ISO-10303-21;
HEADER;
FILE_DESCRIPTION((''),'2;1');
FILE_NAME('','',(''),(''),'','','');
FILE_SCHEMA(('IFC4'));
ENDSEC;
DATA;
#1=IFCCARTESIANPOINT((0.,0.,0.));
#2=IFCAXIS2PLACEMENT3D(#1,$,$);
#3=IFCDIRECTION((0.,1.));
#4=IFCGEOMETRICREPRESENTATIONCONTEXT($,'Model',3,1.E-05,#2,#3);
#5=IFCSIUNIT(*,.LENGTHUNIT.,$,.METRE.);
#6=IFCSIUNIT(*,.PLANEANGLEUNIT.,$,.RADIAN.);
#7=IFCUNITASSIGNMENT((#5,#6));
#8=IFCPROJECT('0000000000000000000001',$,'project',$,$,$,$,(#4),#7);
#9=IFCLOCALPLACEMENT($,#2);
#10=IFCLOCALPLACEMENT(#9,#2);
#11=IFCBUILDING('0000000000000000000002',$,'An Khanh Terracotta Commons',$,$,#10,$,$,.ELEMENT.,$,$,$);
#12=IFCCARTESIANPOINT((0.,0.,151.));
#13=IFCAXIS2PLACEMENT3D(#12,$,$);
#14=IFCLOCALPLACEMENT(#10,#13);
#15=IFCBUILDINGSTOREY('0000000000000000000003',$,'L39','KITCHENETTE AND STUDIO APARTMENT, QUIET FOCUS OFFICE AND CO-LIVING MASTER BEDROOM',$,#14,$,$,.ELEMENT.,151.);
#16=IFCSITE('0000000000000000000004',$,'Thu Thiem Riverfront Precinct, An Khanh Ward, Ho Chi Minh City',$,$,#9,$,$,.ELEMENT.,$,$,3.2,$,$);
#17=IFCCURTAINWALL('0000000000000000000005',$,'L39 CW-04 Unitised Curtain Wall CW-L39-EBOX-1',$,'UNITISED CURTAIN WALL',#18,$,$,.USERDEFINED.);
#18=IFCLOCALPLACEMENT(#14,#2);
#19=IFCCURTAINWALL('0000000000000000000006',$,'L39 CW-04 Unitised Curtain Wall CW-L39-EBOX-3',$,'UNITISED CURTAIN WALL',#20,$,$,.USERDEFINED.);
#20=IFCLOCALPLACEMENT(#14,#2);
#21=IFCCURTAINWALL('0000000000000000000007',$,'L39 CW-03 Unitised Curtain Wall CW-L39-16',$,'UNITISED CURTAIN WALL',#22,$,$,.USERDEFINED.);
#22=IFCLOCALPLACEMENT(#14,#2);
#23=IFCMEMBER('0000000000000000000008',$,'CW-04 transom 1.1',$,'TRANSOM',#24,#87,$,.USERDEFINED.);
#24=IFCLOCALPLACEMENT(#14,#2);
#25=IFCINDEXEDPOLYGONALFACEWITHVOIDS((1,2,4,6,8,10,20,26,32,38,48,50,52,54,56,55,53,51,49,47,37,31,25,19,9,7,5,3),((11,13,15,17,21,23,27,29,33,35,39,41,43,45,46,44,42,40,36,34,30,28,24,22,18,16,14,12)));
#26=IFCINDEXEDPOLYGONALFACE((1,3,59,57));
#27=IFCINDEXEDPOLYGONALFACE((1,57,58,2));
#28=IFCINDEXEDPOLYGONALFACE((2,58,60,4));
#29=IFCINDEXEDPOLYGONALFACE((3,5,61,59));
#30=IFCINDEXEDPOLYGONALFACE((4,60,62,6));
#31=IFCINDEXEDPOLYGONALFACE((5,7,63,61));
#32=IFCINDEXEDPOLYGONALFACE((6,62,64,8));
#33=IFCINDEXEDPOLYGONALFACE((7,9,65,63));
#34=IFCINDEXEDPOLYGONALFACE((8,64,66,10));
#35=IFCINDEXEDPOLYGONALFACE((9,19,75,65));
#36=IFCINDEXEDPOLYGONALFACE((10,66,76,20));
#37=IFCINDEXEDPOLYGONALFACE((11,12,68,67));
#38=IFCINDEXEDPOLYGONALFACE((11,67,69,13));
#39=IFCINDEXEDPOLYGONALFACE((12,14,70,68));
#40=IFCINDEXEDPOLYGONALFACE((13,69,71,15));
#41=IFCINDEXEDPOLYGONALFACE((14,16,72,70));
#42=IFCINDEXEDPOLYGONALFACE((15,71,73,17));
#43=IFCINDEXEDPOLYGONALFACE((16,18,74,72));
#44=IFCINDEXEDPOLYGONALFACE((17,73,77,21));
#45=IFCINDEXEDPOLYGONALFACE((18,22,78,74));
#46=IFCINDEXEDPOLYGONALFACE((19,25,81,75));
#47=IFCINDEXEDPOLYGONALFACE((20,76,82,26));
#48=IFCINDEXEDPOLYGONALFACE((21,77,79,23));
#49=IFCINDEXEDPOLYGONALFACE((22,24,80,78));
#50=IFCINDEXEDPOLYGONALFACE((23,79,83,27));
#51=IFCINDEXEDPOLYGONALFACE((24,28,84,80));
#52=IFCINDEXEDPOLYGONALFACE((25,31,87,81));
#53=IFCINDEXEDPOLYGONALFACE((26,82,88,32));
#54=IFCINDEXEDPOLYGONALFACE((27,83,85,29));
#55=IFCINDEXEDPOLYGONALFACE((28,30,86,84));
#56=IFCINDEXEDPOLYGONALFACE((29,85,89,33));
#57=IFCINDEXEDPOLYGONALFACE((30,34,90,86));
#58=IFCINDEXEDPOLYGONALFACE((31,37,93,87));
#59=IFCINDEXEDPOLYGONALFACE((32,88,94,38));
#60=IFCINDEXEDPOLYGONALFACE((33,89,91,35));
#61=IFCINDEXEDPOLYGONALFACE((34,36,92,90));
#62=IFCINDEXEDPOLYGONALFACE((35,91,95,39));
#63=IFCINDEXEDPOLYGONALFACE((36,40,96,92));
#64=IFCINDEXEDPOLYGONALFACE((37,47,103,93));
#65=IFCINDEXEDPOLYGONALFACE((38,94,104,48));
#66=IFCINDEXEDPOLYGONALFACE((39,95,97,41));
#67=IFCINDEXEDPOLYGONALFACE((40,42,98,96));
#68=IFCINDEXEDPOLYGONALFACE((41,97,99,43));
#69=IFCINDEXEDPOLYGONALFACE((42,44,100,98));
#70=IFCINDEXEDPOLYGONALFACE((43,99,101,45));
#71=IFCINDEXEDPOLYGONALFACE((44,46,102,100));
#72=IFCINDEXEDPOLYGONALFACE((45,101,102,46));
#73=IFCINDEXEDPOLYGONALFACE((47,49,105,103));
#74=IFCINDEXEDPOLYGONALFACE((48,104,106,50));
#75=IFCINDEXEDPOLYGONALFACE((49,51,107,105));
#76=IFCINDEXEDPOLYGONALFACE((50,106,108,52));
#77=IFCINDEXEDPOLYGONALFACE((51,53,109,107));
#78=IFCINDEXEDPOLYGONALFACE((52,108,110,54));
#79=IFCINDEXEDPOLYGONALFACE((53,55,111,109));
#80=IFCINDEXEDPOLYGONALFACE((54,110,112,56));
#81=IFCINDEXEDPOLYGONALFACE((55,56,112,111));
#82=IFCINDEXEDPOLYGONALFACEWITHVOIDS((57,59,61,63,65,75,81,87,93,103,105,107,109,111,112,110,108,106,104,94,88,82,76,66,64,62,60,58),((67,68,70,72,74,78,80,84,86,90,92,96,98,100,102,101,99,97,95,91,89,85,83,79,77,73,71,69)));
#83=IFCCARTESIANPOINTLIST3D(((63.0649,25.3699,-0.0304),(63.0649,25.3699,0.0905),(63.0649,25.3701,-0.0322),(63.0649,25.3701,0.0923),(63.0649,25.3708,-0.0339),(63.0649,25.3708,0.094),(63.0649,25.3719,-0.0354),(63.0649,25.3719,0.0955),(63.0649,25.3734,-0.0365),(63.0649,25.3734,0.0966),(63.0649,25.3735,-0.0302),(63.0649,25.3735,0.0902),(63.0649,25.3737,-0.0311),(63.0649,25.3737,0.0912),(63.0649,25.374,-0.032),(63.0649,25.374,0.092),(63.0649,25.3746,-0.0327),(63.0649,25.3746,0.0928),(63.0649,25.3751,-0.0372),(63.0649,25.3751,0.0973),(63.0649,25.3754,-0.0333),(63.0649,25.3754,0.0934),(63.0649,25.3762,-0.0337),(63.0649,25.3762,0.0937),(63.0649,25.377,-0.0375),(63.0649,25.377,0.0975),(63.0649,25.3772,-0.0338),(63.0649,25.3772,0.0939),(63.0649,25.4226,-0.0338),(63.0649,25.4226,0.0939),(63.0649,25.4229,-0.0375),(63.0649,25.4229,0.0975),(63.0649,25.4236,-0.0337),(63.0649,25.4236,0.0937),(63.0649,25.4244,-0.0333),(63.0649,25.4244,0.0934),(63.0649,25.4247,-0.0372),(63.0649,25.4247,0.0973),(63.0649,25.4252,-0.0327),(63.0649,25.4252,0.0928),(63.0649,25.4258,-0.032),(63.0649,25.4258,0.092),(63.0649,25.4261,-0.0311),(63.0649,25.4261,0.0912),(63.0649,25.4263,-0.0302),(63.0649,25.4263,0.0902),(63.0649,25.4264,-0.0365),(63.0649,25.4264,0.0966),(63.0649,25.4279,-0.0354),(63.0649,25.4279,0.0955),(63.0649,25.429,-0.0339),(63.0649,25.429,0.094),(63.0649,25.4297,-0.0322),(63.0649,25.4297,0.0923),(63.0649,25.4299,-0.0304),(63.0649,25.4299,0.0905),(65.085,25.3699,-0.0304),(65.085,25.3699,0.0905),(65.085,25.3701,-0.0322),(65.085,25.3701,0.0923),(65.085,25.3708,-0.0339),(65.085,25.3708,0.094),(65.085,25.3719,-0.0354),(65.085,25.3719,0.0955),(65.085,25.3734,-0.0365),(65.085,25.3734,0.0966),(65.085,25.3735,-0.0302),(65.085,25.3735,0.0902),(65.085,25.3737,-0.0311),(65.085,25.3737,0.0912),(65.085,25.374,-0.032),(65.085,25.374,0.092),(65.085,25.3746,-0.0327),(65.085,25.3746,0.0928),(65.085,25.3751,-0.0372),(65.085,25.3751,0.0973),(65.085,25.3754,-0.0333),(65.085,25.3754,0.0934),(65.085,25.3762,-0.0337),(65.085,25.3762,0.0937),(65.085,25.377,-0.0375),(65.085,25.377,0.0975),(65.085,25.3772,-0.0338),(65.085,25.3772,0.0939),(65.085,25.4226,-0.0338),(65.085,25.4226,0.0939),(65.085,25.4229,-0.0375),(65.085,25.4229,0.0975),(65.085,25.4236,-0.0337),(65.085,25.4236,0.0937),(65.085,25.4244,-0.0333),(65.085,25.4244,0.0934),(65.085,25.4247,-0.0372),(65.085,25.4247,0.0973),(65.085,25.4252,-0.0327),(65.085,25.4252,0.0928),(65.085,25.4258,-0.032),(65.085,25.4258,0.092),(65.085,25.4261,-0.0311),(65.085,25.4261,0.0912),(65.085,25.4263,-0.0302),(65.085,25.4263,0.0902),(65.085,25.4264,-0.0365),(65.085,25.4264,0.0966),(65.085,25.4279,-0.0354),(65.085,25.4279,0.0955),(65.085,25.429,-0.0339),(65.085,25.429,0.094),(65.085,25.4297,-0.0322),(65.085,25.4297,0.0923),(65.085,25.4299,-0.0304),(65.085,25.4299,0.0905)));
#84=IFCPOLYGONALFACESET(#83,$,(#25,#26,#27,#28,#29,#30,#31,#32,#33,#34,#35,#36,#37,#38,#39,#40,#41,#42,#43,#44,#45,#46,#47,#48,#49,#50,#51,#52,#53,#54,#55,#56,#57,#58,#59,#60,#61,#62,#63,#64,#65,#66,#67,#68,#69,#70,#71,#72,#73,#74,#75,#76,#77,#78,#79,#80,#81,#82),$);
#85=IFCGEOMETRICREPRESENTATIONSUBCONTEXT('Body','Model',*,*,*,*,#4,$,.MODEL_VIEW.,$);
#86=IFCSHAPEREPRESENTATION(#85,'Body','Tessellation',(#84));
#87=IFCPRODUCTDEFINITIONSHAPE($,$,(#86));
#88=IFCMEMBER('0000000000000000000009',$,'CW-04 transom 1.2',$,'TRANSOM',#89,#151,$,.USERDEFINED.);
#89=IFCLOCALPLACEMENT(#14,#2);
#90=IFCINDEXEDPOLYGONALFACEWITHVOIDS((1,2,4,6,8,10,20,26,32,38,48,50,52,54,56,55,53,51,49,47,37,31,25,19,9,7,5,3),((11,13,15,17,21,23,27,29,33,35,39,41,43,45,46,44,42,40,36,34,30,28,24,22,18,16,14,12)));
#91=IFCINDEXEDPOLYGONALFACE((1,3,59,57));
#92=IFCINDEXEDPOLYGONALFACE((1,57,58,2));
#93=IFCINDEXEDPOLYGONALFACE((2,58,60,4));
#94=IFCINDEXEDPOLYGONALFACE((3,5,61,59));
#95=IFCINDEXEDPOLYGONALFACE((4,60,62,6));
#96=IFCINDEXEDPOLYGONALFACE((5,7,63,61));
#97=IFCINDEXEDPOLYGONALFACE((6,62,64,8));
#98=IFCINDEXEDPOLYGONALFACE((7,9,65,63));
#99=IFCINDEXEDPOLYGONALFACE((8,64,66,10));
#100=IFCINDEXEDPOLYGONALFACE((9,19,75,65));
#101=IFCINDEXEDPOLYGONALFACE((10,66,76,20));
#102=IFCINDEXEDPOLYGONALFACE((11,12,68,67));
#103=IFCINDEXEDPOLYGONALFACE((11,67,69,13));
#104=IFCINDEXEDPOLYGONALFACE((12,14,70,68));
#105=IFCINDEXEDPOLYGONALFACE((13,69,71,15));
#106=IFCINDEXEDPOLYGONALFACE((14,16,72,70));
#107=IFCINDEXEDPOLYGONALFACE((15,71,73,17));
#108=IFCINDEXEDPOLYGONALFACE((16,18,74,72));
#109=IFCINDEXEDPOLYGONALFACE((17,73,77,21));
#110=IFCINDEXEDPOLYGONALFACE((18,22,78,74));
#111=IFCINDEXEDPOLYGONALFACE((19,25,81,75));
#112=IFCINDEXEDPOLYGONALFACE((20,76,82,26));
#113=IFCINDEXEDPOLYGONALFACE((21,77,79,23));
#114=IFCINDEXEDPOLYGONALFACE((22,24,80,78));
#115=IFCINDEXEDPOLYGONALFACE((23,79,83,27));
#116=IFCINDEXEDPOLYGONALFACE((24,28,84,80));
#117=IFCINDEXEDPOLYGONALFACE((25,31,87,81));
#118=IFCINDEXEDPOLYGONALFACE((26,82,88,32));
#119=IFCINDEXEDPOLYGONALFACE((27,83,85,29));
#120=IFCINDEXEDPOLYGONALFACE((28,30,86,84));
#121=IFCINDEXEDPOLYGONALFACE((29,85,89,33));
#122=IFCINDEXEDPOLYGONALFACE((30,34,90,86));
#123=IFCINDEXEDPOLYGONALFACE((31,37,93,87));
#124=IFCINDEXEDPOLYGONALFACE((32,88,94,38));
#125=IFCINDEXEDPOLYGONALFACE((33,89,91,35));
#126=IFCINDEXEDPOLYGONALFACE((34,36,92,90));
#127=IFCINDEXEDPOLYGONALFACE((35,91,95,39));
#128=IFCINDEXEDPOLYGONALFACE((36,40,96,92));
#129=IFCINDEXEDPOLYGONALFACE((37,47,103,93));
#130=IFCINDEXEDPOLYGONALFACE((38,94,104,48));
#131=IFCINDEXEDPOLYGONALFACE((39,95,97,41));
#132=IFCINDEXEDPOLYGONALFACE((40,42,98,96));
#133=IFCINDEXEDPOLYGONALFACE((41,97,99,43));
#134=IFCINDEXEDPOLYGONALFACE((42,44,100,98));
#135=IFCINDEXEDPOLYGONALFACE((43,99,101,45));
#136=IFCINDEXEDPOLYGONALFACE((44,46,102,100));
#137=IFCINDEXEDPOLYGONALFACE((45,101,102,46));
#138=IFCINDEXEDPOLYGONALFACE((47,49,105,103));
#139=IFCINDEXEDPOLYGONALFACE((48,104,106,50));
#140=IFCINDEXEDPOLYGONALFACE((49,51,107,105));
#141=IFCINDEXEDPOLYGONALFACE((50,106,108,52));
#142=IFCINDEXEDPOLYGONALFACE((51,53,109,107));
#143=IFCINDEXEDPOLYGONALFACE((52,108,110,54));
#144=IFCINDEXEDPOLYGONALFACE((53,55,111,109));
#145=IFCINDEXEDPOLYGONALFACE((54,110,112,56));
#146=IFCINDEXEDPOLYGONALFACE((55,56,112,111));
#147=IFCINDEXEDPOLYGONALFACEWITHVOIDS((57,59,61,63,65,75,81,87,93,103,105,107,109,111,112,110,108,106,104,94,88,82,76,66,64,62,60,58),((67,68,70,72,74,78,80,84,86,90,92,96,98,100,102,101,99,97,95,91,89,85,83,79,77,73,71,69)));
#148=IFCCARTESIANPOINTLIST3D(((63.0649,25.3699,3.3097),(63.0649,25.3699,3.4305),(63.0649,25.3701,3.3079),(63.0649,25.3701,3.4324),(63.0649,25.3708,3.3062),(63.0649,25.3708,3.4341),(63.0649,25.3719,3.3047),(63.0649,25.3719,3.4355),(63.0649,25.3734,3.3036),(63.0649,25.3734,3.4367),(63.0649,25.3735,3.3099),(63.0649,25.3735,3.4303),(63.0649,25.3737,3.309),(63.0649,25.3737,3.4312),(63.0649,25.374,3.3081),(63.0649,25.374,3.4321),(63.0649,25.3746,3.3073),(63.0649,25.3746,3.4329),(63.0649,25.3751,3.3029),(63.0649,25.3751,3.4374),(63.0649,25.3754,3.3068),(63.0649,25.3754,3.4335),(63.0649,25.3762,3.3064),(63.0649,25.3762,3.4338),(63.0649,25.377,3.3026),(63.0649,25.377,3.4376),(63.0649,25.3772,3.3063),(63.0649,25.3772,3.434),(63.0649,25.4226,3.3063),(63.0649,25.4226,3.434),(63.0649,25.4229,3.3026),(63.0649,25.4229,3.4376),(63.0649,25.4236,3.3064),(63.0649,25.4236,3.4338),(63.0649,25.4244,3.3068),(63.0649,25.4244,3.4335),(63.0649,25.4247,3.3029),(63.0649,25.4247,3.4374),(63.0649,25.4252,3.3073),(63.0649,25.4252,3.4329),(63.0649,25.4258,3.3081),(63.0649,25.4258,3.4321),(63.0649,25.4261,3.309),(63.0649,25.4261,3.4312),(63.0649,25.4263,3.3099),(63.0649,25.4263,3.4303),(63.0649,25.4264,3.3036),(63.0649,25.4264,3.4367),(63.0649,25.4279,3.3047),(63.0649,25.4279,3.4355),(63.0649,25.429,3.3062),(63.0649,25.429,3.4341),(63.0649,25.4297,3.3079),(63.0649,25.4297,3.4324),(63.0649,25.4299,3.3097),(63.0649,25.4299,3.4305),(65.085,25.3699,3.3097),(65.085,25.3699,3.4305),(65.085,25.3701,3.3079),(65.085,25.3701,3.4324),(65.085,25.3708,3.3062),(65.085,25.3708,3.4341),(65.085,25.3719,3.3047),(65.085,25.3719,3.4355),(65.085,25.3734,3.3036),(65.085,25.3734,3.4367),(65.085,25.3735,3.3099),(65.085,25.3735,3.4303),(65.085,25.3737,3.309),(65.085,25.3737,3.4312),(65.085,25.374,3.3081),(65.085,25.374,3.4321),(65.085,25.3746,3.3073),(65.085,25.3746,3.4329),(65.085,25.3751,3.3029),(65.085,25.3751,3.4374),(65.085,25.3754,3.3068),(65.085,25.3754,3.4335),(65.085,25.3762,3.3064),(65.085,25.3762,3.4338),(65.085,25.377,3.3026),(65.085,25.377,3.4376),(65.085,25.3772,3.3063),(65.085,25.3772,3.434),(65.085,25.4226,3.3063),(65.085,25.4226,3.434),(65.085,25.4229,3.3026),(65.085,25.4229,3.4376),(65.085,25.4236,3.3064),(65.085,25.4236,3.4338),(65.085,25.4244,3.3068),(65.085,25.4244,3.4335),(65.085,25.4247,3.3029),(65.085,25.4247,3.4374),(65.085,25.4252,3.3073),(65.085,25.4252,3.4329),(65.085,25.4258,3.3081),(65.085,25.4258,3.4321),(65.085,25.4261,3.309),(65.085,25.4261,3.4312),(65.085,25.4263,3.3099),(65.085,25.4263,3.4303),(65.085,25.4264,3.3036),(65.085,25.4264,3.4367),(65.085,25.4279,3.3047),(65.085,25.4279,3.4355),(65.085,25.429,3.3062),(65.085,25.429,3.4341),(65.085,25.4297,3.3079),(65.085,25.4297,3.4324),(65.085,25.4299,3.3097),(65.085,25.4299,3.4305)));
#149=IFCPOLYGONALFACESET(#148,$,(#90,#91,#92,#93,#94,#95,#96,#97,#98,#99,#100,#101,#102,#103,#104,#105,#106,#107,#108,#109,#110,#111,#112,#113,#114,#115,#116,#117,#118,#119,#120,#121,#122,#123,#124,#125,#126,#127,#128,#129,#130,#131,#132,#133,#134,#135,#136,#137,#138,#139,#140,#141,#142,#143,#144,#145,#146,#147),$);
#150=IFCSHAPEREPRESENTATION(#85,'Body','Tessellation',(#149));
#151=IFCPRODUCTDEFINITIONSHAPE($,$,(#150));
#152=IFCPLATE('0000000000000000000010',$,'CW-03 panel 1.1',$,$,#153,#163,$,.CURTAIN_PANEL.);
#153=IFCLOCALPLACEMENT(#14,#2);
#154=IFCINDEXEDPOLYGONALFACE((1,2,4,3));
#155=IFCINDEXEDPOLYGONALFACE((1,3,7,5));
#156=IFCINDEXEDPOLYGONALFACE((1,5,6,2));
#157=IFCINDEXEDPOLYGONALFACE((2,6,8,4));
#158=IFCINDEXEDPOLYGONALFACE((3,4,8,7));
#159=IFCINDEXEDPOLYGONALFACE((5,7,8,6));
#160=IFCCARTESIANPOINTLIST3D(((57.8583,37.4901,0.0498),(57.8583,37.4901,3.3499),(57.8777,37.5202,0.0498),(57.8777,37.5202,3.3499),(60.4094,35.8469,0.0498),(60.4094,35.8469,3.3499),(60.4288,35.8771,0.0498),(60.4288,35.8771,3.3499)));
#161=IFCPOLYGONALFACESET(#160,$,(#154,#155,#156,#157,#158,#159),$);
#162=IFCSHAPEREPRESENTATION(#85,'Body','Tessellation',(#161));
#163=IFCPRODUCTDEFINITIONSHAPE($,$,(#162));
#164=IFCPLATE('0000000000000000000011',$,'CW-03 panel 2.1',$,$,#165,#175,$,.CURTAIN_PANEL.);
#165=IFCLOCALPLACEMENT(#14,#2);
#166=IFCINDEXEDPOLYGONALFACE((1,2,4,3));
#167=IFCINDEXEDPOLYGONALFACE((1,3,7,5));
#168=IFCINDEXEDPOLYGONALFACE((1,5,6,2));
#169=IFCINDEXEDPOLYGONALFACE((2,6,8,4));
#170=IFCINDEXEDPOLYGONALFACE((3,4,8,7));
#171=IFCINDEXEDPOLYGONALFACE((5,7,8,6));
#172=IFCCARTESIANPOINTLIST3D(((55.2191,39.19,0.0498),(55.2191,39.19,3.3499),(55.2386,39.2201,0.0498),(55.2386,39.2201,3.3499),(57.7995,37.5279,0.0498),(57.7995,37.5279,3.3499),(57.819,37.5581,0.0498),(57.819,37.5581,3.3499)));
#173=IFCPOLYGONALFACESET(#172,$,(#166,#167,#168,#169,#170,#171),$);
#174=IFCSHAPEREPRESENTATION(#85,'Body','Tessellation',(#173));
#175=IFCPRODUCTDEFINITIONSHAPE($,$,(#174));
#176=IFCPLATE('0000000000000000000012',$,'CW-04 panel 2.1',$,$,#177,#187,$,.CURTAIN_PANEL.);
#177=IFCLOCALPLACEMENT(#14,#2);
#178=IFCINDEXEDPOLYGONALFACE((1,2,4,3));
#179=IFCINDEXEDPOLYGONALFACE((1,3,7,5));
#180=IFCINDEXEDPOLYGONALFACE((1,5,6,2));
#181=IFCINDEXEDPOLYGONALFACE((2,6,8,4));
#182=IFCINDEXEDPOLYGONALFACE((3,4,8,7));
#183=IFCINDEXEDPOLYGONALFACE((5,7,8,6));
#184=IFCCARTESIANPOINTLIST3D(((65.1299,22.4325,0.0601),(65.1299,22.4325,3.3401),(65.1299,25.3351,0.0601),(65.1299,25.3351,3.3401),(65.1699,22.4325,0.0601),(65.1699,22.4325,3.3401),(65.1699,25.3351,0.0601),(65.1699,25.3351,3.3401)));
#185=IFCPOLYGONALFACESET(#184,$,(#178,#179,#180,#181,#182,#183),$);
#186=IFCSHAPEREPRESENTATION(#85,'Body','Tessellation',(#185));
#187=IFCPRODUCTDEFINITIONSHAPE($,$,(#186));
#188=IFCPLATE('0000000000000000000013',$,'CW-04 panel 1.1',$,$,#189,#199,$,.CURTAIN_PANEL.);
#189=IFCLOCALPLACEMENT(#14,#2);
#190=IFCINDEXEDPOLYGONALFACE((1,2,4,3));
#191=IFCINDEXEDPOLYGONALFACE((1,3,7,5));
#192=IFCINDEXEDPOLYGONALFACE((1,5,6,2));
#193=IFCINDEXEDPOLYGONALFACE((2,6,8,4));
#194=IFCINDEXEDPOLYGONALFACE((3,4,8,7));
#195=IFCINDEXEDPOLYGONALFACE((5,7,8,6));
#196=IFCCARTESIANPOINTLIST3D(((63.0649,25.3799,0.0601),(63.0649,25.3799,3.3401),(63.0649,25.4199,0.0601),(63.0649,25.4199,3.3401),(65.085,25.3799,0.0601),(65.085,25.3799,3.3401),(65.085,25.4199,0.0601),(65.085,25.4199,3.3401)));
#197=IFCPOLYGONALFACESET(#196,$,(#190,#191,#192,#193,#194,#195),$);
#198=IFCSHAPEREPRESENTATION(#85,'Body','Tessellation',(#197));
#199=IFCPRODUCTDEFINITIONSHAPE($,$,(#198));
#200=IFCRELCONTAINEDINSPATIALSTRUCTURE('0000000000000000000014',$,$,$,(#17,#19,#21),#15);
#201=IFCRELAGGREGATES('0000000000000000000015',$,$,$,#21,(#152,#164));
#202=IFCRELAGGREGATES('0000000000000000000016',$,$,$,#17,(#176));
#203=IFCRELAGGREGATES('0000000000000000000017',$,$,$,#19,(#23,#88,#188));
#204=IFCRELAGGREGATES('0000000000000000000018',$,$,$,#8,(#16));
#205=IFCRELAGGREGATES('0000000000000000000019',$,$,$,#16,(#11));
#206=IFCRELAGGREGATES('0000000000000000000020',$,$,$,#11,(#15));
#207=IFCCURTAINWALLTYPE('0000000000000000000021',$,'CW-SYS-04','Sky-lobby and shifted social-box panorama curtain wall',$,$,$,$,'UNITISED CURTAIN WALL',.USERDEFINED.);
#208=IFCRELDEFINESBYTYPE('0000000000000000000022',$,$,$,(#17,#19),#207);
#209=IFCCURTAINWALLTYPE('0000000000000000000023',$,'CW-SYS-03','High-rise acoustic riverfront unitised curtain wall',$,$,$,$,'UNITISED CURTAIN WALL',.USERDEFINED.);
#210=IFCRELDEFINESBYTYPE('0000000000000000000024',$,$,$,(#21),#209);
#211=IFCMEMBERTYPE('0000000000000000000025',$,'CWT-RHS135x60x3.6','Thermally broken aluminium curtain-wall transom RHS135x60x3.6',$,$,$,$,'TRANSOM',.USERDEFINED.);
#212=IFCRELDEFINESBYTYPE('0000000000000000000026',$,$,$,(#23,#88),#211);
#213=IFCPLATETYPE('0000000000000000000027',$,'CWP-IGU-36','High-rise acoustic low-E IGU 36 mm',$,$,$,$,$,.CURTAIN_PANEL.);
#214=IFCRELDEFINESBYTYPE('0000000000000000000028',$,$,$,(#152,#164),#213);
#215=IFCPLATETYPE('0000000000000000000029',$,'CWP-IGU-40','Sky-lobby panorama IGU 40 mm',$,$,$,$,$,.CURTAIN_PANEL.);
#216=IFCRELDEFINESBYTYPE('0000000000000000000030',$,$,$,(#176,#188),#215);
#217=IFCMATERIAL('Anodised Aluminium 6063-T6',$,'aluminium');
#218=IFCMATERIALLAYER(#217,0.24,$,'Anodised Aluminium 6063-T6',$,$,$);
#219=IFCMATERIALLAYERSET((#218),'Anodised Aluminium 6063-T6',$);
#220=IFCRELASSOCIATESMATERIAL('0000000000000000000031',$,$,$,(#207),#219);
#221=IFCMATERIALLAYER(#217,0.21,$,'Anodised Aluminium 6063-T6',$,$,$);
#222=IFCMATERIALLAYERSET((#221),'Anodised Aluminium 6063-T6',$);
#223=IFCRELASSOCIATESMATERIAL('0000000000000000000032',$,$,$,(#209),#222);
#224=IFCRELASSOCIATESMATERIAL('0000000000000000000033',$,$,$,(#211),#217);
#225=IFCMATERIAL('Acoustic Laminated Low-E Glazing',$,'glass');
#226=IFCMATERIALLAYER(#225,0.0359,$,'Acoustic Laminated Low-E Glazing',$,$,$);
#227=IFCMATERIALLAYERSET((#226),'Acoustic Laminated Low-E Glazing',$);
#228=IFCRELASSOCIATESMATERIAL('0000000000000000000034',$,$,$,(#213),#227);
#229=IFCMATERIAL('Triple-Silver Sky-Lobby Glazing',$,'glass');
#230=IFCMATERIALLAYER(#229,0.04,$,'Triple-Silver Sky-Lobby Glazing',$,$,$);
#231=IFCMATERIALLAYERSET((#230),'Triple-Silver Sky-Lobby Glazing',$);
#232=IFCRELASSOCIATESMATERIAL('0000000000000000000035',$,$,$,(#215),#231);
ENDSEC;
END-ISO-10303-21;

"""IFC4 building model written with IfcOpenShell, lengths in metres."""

from ifc_helpers import new_model, si_unit, direction, frame, origin, origin_2d, place, context, subcontext, project, spatial, rectangle, hollow_rectangle, extrude, material, layer, layer_set, material_profile, profile_set, type_object, element, aggregate, save


model = new_model("IFC4")

# Units and contexts
model_context = context("Model", 3, precision=1e-05, world=origin(), true_north=direction((0.0, 1.0)))
body_context = subcontext(model_context, "Body", "Model", "MODEL_VIEW")
ifc_project = project(units=[si_unit("LENGTHUNIT", "METRE"), si_unit("PLANEANGLEUNIT", "RADIAN")], contexts=[model_context])

# Site, building, storey
site_placement = place(None, origin())
site = spatial("IfcSite", under=ifc_project, at=site_placement, Name="Thu Thiem Riverfront Precinct, An Khanh Ward, Ho Chi Minh City", CompositionType="ELEMENT", RefElevation=3.2)
building_placement = place(site_placement, origin())
building = spatial("IfcBuilding", under=site, at=building_placement, Name="An Khanh Terracotta Commons", CompositionType="ELEMENT")
storey_placement = place(building_placement, frame((0.0, 0.0, 151.0)))
storey = spatial("IfcBuildingStorey", under=building, at=storey_placement, Name="L39", Description="KITCHENETTE AND STUDIO APARTMENT, QUIET FOCUS OFFICE AND CO-LIVING MASTER BEDROOM", CompositionType="ELEMENT", Elevation=151.0)

# Curtain wall
ifc_material_1 = material(Name="Anodised Aluminium 6063-T6", Category="aluminium")
ifc_layer_1 = layer(ifc_material_1, 0.24, Name="Anodised Aluminium 6063-T6")
ifc_layer_set_1 = layer_set([ifc_layer_1], Name="Anodised Aluminium 6063-T6")
curtain_wall_type_1 = type_object("IfcCurtainWallType", Name="CW-SYS-04", Description="Sky-lobby and shifted social-box panorama curtain wall", ElementType="UNITISED CURTAIN WALL", PredefinedType="USERDEFINED", material=ifc_layer_set_1)
curtain_wall_1_placement = place(storey_placement, origin())
curtain_wall_1 = element("IfcCurtainWall", 1, at=curtain_wall_1_placement, inside=storey, type_object=curtain_wall_type_1, Name="L39 CW-04 Unitised Curtain Wall CW-L39-EBOX-1", ObjectType="UNITISED CURTAIN WALL", PredefinedType="USERDEFINED")

# Curtain walls
curtain_wall_2_placement = place(storey_placement, origin())
curtain_wall_2 = element("IfcCurtainWall", 2, at=curtain_wall_2_placement, inside=storey, type_object=curtain_wall_type_1, Name="L39 CW-04 Unitised Curtain Wall CW-L39-EBOX-3", ObjectType="UNITISED CURTAIN WALL", PredefinedType="USERDEFINED")
ifc_layer_2 = layer(ifc_material_1, 0.21, Name="Anodised Aluminium 6063-T6")
ifc_layer_set_2 = layer_set([ifc_layer_2], Name="Anodised Aluminium 6063-T6")
curtain_wall_type_2 = type_object("IfcCurtainWallType", Name="CW-SYS-03", Description="High-rise acoustic riverfront unitised curtain wall", ElementType="UNITISED CURTAIN WALL", PredefinedType="USERDEFINED", material=ifc_layer_set_2)
curtain_wall_3_placement = place(storey_placement, origin())
curtain_wall_3 = element("IfcCurtainWall", 3, at=curtain_wall_3_placement, inside=storey, type_object=curtain_wall_type_2, Name="L39 CW-03 Unitised Curtain Wall CW-L39-16", ObjectType="UNITISED CURTAIN WALL", PredefinedType="USERDEFINED")

# Members
ifc_material_profile_1 = material_profile(ifc_material_1, hollow_rectangle(XDim=0.0601, YDim=0.135, WallThickness=0.0037, InnerFilletRadius=0.0037, OuterFilletRadius=0.0071, at=origin_2d()), Name="RHS135x60x3.6")
ifc_profile_set_1 = profile_set([ifc_material_profile_1], Name="Anodised Aluminium 6063-T6")
member_type_1 = type_object("IfcMemberType", Name="CWT-RHS135x60x3.6", Description="Thermally broken aluminium curtain-wall transom RHS135x60x3.6", ElementType="TRANSOM", PredefinedType="USERDEFINED", material=ifc_profile_set_1)
member_1_placement = place(storey_placement, frame((65.085, 25.3999, 0.03), z_axis=(-1.0, 0.0, 0.0), x_axis=(0.0, -1.0, 0.0)))
member_1 = element("IfcMember", 4, at=member_1_placement, type_object=member_type_1, Name="CW-04 transom 1.1", ObjectType="TRANSOM", PredefinedType="USERDEFINED", context=body_context, shape_type="SweptSolid", body=[
    extrude(hollow_rectangle(XDim=0.0601, YDim=0.135, WallThickness=0.0037, InnerFilletRadius=0.0037, OuterFilletRadius=0.0071, at=origin_2d()), origin(), (0.0, 0.0, 1.0), 2.02),
])
member_2_placement = place(storey_placement, frame((65.085, 25.3999, 3.3701), z_axis=(-1.0, 0.0, 0.0), x_axis=(0.0, -1.0, 0.0)))
member_2 = element("IfcMember", 5, at=member_2_placement, type_object=member_type_1, Name="CW-04 transom 1.2", ObjectType="TRANSOM", PredefinedType="USERDEFINED", context=body_context, shape_type="SweptSolid", body=[
    extrude(hollow_rectangle(XDim=0.0601, YDim=0.135, WallThickness=0.0037, InnerFilletRadius=0.0037, OuterFilletRadius=0.0071, at=origin_2d()), origin(), (0.0, 0.0, 1.0), 2.02),
])

# Plates
ifc_material_2 = material(Name="Acoustic Laminated Low-E Glazing", Category="glass")
ifc_layer_3 = layer(ifc_material_2, 0.0359, Name="Acoustic Laminated Low-E Glazing")
ifc_layer_set_3 = layer_set([ifc_layer_3], Name="Acoustic Laminated Low-E Glazing")
plate_type_1 = type_object("IfcPlateType", Name="CWP-IGU-36", Description="High-rise acoustic low-E IGU 36 mm", PredefinedType="CURTAIN_PANEL", material=ifc_layer_set_3)
plate_1_placement = place(storey_placement, frame((59.1436, 36.6836, 0.0498), z_axis=(0.0, 0.0, 1.0), x_axis=(-0.840702, 0.541498, 0.0)))
plate_1 = element("IfcPlate", 6, at=plate_1_placement, type_object=plate_type_1, Name="CW-03 panel 1.1", PredefinedType="CURTAIN_PANEL", context=body_context, shape_type="SweptSolid", body=[
    extrude(rectangle(XDim=3.0344, YDim=0.0359, at=origin_2d()), origin(), (0.0, 0.0, 1.0), 3.3),
])
plate_2_placement = place(storey_placement, frame((56.519, 38.374, 0.0498), z_axis=(0.0, 0.0, 1.0), x_axis=(-0.840702, 0.541498, 0.0)))
plate_2 = element("IfcPlate", 7, at=plate_2_placement, type_object=plate_type_1, Name="CW-03 panel 2.1", PredefinedType="CURTAIN_PANEL", context=body_context, shape_type="SweptSolid", body=[
    extrude(rectangle(XDim=3.0693, YDim=0.0359, at=origin_2d()), origin(), (0.0, 0.0, 1.0), 3.3),
])
aggregate(curtain_wall_3, [plate_1, plate_2])
ifc_material_3 = material(Name="Triple-Silver Sky-Lobby Glazing", Category="glass")
ifc_layer_4 = layer(ifc_material_3, 0.04, Name="Triple-Silver Sky-Lobby Glazing")
ifc_layer_set_4 = layer_set([ifc_layer_4], Name="Triple-Silver Sky-Lobby Glazing")
plate_type_2 = type_object("IfcPlateType", Name="CWP-IGU-40", Description="Sky-lobby panorama IGU 40 mm", PredefinedType="CURTAIN_PANEL", material=ifc_layer_set_4)
plate_3_placement = place(storey_placement, frame((65.1499, 23.8838, 0.0601), z_axis=(0.0, 0.0, 1.0), x_axis=(0.0, 1.0, 0.0)))
plate_3 = element("IfcPlate", 8, at=plate_3_placement, type_object=plate_type_2, Name="CW-04 panel 2.1", PredefinedType="CURTAIN_PANEL", context=body_context, shape_type="SweptSolid", body=[
    extrude(rectangle(XDim=2.9026, YDim=0.04, at=origin_2d()), origin(), (0.0, 0.0, 1.0), 3.28),
])
aggregate(curtain_wall_1, [plate_3])
plate_4_placement = place(storey_placement, frame((64.075, 25.3999, 0.0601), z_axis=(0.0, 0.0, 1.0), x_axis=(-1.0, 0.0, 0.0)))
plate_4 = element("IfcPlate", 9, at=plate_4_placement, type_object=plate_type_2, Name="CW-04 panel 1.1", PredefinedType="CURTAIN_PANEL", context=body_context, shape_type="SweptSolid", body=[
    extrude(rectangle(XDim=2.02, YDim=0.04, at=origin_2d()), origin(), (0.0, 0.0, 1.0), 3.28),
])
aggregate(curtain_wall_2, [member_1, member_2, plate_4])

save(model, "model.ifc")
